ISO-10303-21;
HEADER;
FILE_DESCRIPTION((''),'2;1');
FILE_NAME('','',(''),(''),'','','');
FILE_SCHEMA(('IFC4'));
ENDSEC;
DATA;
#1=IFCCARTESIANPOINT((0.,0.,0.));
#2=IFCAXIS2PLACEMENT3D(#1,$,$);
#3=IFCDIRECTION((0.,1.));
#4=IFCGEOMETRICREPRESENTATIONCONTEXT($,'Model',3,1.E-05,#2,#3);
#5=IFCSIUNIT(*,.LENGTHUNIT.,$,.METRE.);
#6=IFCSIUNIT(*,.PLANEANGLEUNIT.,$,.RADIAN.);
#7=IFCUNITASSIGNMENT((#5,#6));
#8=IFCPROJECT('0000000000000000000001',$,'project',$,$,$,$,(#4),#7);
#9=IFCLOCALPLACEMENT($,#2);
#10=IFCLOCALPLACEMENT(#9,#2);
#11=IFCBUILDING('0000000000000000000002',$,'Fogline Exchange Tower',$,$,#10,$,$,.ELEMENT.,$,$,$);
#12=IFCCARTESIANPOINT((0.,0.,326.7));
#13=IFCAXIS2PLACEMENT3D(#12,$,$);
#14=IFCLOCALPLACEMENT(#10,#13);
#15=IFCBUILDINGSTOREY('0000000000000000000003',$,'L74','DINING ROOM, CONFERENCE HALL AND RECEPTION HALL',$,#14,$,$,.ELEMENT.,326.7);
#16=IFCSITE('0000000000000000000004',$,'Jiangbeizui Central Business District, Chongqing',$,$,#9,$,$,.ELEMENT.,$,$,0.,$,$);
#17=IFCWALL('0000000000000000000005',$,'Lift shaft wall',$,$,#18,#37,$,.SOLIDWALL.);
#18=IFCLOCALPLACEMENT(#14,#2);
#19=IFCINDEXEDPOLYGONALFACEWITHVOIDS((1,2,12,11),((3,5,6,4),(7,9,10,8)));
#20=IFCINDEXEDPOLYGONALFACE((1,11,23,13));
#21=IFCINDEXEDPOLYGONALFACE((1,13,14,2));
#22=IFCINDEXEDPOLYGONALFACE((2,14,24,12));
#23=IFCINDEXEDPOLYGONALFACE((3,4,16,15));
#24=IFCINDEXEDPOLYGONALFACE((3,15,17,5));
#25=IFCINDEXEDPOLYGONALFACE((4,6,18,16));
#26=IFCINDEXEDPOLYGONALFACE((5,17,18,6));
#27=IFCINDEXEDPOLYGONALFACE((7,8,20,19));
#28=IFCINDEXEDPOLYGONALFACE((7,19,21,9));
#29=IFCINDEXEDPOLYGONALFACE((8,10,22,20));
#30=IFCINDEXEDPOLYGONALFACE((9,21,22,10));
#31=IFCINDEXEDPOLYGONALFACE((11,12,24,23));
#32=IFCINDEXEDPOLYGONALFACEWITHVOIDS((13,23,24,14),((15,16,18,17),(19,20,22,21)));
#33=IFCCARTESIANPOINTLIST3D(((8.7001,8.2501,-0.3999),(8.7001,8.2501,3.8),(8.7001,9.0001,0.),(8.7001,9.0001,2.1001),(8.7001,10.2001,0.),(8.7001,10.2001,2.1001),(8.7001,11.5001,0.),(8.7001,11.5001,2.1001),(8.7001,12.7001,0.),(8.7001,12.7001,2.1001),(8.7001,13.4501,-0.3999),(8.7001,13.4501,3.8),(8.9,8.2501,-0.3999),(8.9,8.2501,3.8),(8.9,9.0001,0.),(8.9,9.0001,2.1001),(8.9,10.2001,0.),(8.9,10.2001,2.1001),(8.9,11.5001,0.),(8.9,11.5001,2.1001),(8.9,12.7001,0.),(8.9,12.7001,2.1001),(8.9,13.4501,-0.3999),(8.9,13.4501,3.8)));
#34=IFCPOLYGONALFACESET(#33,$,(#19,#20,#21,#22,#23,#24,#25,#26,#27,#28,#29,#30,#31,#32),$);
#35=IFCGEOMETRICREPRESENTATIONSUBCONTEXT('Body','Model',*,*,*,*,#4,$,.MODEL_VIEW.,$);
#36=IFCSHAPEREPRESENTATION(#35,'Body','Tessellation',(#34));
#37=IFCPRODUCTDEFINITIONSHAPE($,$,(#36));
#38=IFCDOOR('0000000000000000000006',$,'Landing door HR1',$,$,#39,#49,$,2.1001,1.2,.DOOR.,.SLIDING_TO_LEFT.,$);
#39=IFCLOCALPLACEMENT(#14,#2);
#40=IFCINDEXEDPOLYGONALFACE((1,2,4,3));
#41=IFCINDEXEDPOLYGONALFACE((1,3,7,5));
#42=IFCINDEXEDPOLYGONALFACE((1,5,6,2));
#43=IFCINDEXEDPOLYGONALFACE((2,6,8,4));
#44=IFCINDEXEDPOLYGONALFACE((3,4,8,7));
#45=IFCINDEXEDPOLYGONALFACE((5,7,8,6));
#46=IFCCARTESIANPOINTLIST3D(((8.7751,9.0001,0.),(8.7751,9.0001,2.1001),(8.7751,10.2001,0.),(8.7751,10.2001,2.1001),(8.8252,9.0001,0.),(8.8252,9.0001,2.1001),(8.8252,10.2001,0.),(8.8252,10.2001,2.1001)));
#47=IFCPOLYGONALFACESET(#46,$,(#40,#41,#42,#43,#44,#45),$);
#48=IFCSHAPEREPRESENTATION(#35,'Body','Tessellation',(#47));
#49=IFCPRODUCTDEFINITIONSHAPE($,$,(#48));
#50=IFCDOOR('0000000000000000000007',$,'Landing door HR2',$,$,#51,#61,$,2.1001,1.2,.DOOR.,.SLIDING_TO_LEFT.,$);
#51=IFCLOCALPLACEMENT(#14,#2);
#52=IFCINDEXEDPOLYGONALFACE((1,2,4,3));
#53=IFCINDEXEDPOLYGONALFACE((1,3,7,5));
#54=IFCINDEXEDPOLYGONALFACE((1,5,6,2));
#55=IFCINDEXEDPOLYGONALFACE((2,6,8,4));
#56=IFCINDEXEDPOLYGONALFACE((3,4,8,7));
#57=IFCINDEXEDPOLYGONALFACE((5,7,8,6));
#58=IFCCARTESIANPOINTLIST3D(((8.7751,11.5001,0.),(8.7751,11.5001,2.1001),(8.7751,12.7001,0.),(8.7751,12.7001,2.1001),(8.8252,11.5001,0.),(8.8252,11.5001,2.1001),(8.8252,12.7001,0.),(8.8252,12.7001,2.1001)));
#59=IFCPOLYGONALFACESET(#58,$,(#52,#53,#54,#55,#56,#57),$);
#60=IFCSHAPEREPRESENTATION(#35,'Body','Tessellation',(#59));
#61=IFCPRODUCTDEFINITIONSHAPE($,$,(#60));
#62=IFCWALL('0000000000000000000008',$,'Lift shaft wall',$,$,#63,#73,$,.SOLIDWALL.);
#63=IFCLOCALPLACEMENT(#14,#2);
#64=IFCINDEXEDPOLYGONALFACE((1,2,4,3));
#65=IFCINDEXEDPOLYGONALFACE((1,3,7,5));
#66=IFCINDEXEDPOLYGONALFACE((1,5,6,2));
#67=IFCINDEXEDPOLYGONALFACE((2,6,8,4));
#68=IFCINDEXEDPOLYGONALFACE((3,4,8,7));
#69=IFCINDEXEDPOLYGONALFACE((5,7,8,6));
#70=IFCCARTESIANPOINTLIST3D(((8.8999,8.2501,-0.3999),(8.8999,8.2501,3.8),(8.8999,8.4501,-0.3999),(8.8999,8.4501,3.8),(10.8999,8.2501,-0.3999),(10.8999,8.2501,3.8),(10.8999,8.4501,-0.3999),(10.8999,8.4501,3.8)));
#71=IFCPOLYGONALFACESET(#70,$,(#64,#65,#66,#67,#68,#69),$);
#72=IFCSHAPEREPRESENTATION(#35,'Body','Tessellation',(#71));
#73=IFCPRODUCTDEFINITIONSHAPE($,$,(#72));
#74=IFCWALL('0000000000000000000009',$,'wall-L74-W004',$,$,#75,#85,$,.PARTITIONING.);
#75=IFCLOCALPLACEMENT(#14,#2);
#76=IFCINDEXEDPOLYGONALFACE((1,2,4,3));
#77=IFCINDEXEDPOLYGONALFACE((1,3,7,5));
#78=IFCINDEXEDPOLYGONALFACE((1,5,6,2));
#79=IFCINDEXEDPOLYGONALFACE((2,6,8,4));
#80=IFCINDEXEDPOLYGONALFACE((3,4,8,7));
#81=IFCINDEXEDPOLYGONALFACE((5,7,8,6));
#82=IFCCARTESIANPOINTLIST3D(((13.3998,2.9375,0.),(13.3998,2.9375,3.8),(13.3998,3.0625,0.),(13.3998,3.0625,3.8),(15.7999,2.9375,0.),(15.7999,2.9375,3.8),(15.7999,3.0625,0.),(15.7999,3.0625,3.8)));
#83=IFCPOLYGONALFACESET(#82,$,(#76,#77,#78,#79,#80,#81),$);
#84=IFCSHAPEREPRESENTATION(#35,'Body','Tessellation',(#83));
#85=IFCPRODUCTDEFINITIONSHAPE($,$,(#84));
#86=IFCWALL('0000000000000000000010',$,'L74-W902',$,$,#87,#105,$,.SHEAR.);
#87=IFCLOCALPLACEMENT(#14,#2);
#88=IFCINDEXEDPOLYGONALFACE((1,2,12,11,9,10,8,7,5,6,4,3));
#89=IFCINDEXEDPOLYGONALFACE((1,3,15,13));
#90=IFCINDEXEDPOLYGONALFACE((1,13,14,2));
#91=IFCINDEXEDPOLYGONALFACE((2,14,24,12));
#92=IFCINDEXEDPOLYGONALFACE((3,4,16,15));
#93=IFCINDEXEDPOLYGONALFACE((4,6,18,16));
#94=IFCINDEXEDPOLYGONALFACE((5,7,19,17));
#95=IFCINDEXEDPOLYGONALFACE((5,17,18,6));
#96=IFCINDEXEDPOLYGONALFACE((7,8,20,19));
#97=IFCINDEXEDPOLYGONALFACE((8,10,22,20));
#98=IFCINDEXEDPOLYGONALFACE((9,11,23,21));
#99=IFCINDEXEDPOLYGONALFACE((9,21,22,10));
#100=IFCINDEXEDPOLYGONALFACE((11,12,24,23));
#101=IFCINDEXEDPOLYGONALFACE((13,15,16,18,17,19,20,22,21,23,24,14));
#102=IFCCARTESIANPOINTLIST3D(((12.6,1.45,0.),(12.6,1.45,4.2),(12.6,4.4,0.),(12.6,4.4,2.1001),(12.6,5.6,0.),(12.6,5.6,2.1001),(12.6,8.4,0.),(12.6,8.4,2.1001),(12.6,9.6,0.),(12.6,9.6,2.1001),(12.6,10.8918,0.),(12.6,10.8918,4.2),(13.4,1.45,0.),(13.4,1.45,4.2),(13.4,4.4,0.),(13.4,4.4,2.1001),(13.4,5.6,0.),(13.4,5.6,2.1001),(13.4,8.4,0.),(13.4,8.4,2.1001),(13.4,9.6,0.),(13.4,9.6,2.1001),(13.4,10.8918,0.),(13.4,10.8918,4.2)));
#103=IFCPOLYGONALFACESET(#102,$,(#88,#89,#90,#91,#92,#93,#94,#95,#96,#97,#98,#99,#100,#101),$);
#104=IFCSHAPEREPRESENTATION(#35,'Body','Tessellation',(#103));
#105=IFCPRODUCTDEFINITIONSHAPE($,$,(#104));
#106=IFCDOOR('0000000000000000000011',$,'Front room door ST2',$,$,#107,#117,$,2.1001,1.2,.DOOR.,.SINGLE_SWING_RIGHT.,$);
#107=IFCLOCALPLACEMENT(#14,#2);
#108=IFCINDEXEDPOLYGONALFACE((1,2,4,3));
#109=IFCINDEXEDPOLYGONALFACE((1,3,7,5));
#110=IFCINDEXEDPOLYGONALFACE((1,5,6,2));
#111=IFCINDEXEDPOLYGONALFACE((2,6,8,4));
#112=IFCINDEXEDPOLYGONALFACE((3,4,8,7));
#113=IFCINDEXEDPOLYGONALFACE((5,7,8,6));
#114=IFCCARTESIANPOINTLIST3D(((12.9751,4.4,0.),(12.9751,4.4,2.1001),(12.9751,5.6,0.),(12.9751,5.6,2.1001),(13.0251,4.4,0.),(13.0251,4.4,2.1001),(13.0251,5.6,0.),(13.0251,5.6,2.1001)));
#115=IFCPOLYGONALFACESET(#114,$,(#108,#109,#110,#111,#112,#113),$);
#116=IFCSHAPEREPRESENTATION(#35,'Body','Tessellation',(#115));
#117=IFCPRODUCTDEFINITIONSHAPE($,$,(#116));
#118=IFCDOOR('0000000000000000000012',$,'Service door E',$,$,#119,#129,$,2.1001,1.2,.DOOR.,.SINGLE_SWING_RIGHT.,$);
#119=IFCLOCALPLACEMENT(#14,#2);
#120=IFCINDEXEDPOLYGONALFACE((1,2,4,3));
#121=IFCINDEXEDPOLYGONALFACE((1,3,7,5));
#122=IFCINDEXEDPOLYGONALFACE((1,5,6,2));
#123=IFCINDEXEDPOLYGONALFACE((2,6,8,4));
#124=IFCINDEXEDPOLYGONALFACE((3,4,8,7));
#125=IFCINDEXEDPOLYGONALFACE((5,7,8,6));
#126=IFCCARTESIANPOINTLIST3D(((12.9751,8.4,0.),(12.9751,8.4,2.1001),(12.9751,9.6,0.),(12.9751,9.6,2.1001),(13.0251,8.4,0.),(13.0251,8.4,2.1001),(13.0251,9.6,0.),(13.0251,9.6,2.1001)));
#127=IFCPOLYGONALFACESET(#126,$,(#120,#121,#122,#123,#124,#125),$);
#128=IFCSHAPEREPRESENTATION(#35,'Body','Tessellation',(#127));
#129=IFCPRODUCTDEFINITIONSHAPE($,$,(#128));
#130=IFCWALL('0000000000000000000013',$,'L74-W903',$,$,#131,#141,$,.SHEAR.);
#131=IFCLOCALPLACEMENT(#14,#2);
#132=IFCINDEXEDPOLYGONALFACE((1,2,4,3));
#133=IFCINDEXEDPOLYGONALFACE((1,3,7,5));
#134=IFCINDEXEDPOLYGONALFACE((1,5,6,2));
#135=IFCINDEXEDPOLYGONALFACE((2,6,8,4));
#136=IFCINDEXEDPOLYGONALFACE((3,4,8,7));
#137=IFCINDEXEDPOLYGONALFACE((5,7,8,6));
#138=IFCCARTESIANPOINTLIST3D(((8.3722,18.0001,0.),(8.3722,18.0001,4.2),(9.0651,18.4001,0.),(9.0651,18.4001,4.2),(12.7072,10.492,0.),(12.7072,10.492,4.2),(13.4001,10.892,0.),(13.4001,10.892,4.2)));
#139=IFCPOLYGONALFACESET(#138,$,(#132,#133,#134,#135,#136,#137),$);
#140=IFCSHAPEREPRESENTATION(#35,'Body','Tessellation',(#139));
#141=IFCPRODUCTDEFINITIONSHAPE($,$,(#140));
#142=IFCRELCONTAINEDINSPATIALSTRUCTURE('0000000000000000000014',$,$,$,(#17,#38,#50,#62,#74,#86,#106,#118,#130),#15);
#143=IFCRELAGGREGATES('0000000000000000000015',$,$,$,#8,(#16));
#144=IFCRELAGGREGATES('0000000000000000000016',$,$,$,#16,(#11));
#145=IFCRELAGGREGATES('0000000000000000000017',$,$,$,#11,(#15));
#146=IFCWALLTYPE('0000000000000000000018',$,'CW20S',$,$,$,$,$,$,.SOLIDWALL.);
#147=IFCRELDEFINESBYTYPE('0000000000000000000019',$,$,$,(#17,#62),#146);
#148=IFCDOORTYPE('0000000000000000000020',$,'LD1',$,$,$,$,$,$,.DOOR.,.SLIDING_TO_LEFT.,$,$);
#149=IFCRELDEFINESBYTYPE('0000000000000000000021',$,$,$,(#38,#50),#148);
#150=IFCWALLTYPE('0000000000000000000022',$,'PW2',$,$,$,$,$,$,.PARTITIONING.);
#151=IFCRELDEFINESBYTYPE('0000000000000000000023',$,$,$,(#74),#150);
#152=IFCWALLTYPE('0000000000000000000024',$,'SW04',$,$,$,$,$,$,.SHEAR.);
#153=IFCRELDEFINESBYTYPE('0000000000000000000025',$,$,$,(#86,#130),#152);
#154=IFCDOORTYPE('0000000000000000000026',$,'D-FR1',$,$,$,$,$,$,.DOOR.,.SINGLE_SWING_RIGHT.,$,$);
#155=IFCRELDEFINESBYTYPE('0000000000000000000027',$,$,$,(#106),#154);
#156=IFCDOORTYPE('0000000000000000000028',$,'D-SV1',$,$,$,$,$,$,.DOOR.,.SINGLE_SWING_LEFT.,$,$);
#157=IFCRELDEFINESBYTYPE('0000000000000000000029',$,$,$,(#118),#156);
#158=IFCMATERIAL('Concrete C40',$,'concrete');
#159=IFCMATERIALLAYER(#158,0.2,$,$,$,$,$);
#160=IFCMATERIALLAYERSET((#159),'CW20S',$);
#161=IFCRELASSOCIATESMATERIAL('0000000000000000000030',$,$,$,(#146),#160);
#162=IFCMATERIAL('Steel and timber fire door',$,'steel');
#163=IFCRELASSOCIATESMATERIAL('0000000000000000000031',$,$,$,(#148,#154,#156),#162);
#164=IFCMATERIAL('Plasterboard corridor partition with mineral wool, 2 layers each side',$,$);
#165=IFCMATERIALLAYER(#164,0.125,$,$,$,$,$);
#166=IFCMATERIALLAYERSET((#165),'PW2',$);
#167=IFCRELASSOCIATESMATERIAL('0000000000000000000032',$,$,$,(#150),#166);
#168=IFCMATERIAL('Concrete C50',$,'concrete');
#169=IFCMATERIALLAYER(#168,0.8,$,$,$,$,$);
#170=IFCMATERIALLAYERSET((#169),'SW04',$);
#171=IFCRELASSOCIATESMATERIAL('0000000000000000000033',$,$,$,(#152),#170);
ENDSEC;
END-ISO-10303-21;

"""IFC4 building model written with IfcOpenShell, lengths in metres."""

from ifc_helpers import new_model, si_unit, direction, frame, frame_2d, origin, place, context, subcontext, project, spatial, rectangle, extrude, material, layer, layer_set, type_object, element, fill, save


model = new_model("IFC4")

# Units and contexts
model_context = context("Model", 3, precision=1e-05, world=origin(), true_north=direction((0.0, 1.0)))
body_context = subcontext(model_context, "Body", "Model", "MODEL_VIEW")
ifc_project = project(units=[si_unit("LENGTHUNIT", "METRE"), si_unit("PLANEANGLEUNIT", "RADIAN")], contexts=[model_context])

# Site, building, storey
site_placement = place(None, origin())
site = spatial("IfcSite", under=ifc_project, at=site_placement, Name="Jiangbeizui Central Business District, Chongqing", CompositionType="ELEMENT", RefElevation=0.0)
building_placement = place(site_placement, origin())
building = spatial("IfcBuilding", under=site, at=building_placement, Name="Fogline Exchange Tower", CompositionType="ELEMENT")
storey_placement = place(building_placement, frame((0.0, 0.0, 326.7)))
storey = spatial("IfcBuildingStorey", under=building, at=storey_placement, Name="L74", Description="DINING ROOM, CONFERENCE HALL AND RECEPTION HALL", CompositionType="ELEMENT", Elevation=326.7)

# Shared definitions
ifc_material_1 = material(Name="Concrete C40", Category="concrete")

# Shared definitions
ifc_material_2 = material(Name="Steel and timber fire door", Category="steel")

# Wall, openings, doors
ifc_layer_1 = layer(ifc_material_1, 0.2)
ifc_layer_set_1 = layer_set([ifc_layer_1], Name="CW20S")
wall_type_1 = type_object("IfcWallType", Name="CW20S", PredefinedType="SOLIDWALL", material=ifc_layer_set_1)
wall_1_placement = place(storey_placement, frame((8.8, 8.25, -0.3999), z_axis=(0.0, 0.0, 1.0), x_axis=(0.0, 1.0, 0.0)))
wall_1 = element("IfcWall", 1, at=wall_1_placement, inside=storey, type_object=wall_type_1, Name="Lift shaft wall", PredefinedType="SOLIDWALL", context=body_context, shape_type="SweptSolid", body=[
    extrude(rectangle(XDim=5.2, YDim=0.2, at=frame_2d((2.6001, 0.0))), origin(), (0.0, 0.0, 1.0), 4.2),
])
opening_1_placement = place(wall_1_placement, frame((0.75, 0.0, 0.3999)))
opening_1 = element("IfcOpeningElement", 2, at=opening_1_placement, cuts=wall_1, PredefinedType="OPENING", context=body_context, shape_type="SweptSolid", body=[
    extrude(rectangle(XDim=1.2, YDim=2.1001, at=frame_2d((0.6001, 1.05))), frame((0.0, 0.1099, 0.0), z_axis=(0.0, -1.0, 0.0), x_axis=(1.0, 0.0, 0.0)), (0.0, 0.0, 1.0), 0.22),
])
opening_2_placement = place(wall_1_placement, frame((3.25, 0.0, 0.3999)))
opening_2 = element("IfcOpeningElement", 3, at=opening_2_placement, cuts=wall_1, PredefinedType="OPENING", context=body_context, shape_type="SweptSolid", body=[
    extrude(rectangle(XDim=1.2, YDim=2.1001, at=frame_2d((0.6001, 1.05))), frame((0.0, 0.1099, 0.0), z_axis=(0.0, -1.0, 0.0), x_axis=(1.0, 0.0, 0.0)), (0.0, 0.0, 1.0), 0.22),
])
door_type_1 = type_object("IfcDoorType", Name="LD1", OperationType="SLIDING_TO_LEFT", PredefinedType="DOOR", material=ifc_material_2)
door_1_placement = place(opening_1_placement, origin())
door_1 = element("IfcDoor", 4, at=door_1_placement, inside=storey, type_object=door_type_1, Name="Landing door HR1", OperationType="SLIDING_TO_LEFT", OverallHeight=2.1001, OverallWidth=1.2, PredefinedType="DOOR", context=body_context, shape_type="SweptSolid", body=[
    extrude(rectangle(XDim=1.2, YDim=2.1001, at=frame_2d((0.6001, 1.05))), frame((0.0, 0.0249, 0.0), z_axis=(0.0, -1.0, 0.0), x_axis=(1.0, 0.0, 0.0)), (0.0, 0.0, 1.0), 0.05),
])
fill(opening_1, door_1)
door_2_placement = place(opening_2_placement, origin())
door_2 = element("IfcDoor", 5, at=door_2_placement, inside=storey, type_object=door_type_1, Name="Landing door HR2", OperationType="SLIDING_TO_LEFT", OverallHeight=2.1001, OverallWidth=1.2, PredefinedType="DOOR", context=body_context, shape_type="SweptSolid", body=[
    extrude(rectangle(XDim=1.2, YDim=2.1001, at=frame_2d((0.6001, 1.05))), frame((0.0, 0.0249, 0.0), z_axis=(0.0, -1.0, 0.0), x_axis=(1.0, 0.0, 0.0)), (0.0, 0.0, 1.0), 0.05),
])
fill(opening_2, door_2)

# Walls
wall_2_placement = place(storey_placement, frame((8.8999, 8.3501, -0.3999), z_axis=(0.0, 0.0, 1.0), x_axis=(1.0, 0.0, 0.0)))
element("IfcWall", 6, at=wall_2_placement, inside=storey, type_object=wall_type_1, Name="Lift shaft wall", PredefinedType="SOLIDWALL", context=body_context, shape_type="SweptSolid", body=[
    extrude(rectangle(XDim=2.0, YDim=0.2, at=frame_2d((1.0, 0.0))), origin(), (0.0, 0.0, 1.0), 4.2),
])
ifc_material_3 = material(Name="Plasterboard corridor partition with mineral wool, 2 layers each side")
ifc_layer_2 = layer(ifc_material_3, 0.125)
ifc_layer_set_2 = layer_set([ifc_layer_2], Name="PW2")
wall_type_2 = type_object("IfcWallType", Name="PW2", PredefinedType="PARTITIONING", material=ifc_layer_set_2)
wall_3_placement = place(storey_placement, frame((15.8, 3.0, 0.0), z_axis=(0.0, 0.0, 1.0), x_axis=(-1.0, 0.0, 0.0)))
element("IfcWall", 7, at=wall_3_placement, inside=storey, type_object=wall_type_2, Name="wall-L74-W004", PredefinedType="PARTITIONING", context=body_context, shape_type="SweptSolid", body=[
    extrude(rectangle(XDim=2.4001, YDim=0.125, at=frame_2d((1.2002, 0.0))), origin(), (0.0, 0.0, 1.0), 3.8),
])

# Wall, openings, doors
ifc_material_4 = material(Name="Concrete C50", Category="concrete")
ifc_layer_3 = layer(ifc_material_4, 0.8)
ifc_layer_set_3 = layer_set([ifc_layer_3], Name="SW04")
wall_type_3 = type_object("IfcWallType", Name="SW04", PredefinedType="SHEAR", material=ifc_layer_set_3)
wall_4_placement = place(storey_placement, frame((13.0, 1.45, 0.0), z_axis=(0.0, 0.0, 1.0), x_axis=(0.0, 1.0, 0.0)))
wall_4 = element("IfcWall", 8, at=wall_4_placement, inside=storey, type_object=wall_type_3, Name="L74-W902", PredefinedType="SHEAR", context=body_context, shape_type="SweptSolid", body=[
    extrude(rectangle(XDim=9.4419, YDim=0.8, at=frame_2d((4.7209, 0.0))), origin(), (0.0, 0.0, 1.0), 4.2),
])
opening_3_placement = place(wall_4_placement, frame((2.95, 0.0, 0.0)))
opening_3 = element("IfcOpeningElement", 9, at=opening_3_placement, cuts=wall_4, PredefinedType="OPENING", context=body_context, shape_type="SweptSolid", body=[
    extrude(rectangle(XDim=1.2, YDim=2.1001, at=frame_2d((0.6001, 1.05))), frame((0.0, 0.4102, 0.0), z_axis=(0.0, -1.0, 0.0), x_axis=(1.0, 0.0, 0.0)), (0.0, 0.0, 1.0), 0.8201),
])
opening_4_placement = place(wall_4_placement, frame((6.95, 0.0, 0.0)))
opening_4 = element("IfcOpeningElement", 10, at=opening_4_placement, cuts=wall_4, PredefinedType="OPENING", context=body_context, shape_type="SweptSolid", body=[
    extrude(rectangle(XDim=1.2, YDim=2.1001, at=frame_2d((0.6001, 1.05))), frame((0.0, 0.4102, 0.0), z_axis=(0.0, -1.0, 0.0), x_axis=(1.0, 0.0, 0.0)), (0.0, 0.0, 1.0), 0.8201),
])
door_type_2 = type_object("IfcDoorType", Name="D-FR1", OperationType="SINGLE_SWING_RIGHT", PredefinedType="DOOR", material=ifc_material_2)
door_3_placement = place(opening_3_placement, origin())
door_3 = element("IfcDoor", 11, at=door_3_placement, inside=storey, type_object=door_type_2, Name="Front room door ST2", OperationType="SINGLE_SWING_RIGHT", OverallHeight=2.1001, OverallWidth=1.2, PredefinedType="DOOR", context=body_context, shape_type="SweptSolid", body=[
    extrude(rectangle(XDim=1.2, YDim=2.1001, at=frame_2d((0.6001, 1.05))), frame((0.0, 0.0249, 0.0), z_axis=(0.0, -1.0, 0.0), x_axis=(1.0, 0.0, 0.0)), (0.0, 0.0, 1.0), 0.05),
])
fill(opening_3, door_3)
door_type_3 = type_object("IfcDoorType", Name="D-SV1", OperationType="SINGLE_SWING_LEFT", PredefinedType="DOOR", material=ifc_material_2)
door_4_placement = place(opening_4_placement, origin())
door_4 = element("IfcDoor", 12, at=door_4_placement, inside=storey, type_object=door_type_3, Name="Service door E", OperationType="SINGLE_SWING_RIGHT", OverallHeight=2.1001, OverallWidth=1.2, PredefinedType="DOOR", context=body_context, shape_type="SweptSolid", body=[
    extrude(rectangle(XDim=1.2, YDim=2.1001, at=frame_2d((0.6001, 1.05))), frame((0.0, 0.0249, 0.0), z_axis=(0.0, -1.0, 0.0), x_axis=(1.0, 0.0, 0.0)), (0.0, 0.0, 1.0), 0.05),
])
fill(opening_4, door_4)

# Wall
wall_5_placement = place(storey_placement, frame((13.0537, 10.6919, 0.0), z_axis=(0.0, 0.0, 1.0), x_axis=(-0.500016, 0.866016, 0.0)))
element("IfcWall", 13, at=wall_5_placement, inside=storey, type_object=wall_type_3, Name="L74-W903", PredefinedType="SHEAR", context=body_context, shape_type="SweptSolid", body=[
    extrude(rectangle(XDim=8.6697, YDim=0.8, at=frame_2d((4.335, 0.0))), origin(), (0.0, 0.0, 1.0), 4.2),
])

save(model, "model.ifc")
